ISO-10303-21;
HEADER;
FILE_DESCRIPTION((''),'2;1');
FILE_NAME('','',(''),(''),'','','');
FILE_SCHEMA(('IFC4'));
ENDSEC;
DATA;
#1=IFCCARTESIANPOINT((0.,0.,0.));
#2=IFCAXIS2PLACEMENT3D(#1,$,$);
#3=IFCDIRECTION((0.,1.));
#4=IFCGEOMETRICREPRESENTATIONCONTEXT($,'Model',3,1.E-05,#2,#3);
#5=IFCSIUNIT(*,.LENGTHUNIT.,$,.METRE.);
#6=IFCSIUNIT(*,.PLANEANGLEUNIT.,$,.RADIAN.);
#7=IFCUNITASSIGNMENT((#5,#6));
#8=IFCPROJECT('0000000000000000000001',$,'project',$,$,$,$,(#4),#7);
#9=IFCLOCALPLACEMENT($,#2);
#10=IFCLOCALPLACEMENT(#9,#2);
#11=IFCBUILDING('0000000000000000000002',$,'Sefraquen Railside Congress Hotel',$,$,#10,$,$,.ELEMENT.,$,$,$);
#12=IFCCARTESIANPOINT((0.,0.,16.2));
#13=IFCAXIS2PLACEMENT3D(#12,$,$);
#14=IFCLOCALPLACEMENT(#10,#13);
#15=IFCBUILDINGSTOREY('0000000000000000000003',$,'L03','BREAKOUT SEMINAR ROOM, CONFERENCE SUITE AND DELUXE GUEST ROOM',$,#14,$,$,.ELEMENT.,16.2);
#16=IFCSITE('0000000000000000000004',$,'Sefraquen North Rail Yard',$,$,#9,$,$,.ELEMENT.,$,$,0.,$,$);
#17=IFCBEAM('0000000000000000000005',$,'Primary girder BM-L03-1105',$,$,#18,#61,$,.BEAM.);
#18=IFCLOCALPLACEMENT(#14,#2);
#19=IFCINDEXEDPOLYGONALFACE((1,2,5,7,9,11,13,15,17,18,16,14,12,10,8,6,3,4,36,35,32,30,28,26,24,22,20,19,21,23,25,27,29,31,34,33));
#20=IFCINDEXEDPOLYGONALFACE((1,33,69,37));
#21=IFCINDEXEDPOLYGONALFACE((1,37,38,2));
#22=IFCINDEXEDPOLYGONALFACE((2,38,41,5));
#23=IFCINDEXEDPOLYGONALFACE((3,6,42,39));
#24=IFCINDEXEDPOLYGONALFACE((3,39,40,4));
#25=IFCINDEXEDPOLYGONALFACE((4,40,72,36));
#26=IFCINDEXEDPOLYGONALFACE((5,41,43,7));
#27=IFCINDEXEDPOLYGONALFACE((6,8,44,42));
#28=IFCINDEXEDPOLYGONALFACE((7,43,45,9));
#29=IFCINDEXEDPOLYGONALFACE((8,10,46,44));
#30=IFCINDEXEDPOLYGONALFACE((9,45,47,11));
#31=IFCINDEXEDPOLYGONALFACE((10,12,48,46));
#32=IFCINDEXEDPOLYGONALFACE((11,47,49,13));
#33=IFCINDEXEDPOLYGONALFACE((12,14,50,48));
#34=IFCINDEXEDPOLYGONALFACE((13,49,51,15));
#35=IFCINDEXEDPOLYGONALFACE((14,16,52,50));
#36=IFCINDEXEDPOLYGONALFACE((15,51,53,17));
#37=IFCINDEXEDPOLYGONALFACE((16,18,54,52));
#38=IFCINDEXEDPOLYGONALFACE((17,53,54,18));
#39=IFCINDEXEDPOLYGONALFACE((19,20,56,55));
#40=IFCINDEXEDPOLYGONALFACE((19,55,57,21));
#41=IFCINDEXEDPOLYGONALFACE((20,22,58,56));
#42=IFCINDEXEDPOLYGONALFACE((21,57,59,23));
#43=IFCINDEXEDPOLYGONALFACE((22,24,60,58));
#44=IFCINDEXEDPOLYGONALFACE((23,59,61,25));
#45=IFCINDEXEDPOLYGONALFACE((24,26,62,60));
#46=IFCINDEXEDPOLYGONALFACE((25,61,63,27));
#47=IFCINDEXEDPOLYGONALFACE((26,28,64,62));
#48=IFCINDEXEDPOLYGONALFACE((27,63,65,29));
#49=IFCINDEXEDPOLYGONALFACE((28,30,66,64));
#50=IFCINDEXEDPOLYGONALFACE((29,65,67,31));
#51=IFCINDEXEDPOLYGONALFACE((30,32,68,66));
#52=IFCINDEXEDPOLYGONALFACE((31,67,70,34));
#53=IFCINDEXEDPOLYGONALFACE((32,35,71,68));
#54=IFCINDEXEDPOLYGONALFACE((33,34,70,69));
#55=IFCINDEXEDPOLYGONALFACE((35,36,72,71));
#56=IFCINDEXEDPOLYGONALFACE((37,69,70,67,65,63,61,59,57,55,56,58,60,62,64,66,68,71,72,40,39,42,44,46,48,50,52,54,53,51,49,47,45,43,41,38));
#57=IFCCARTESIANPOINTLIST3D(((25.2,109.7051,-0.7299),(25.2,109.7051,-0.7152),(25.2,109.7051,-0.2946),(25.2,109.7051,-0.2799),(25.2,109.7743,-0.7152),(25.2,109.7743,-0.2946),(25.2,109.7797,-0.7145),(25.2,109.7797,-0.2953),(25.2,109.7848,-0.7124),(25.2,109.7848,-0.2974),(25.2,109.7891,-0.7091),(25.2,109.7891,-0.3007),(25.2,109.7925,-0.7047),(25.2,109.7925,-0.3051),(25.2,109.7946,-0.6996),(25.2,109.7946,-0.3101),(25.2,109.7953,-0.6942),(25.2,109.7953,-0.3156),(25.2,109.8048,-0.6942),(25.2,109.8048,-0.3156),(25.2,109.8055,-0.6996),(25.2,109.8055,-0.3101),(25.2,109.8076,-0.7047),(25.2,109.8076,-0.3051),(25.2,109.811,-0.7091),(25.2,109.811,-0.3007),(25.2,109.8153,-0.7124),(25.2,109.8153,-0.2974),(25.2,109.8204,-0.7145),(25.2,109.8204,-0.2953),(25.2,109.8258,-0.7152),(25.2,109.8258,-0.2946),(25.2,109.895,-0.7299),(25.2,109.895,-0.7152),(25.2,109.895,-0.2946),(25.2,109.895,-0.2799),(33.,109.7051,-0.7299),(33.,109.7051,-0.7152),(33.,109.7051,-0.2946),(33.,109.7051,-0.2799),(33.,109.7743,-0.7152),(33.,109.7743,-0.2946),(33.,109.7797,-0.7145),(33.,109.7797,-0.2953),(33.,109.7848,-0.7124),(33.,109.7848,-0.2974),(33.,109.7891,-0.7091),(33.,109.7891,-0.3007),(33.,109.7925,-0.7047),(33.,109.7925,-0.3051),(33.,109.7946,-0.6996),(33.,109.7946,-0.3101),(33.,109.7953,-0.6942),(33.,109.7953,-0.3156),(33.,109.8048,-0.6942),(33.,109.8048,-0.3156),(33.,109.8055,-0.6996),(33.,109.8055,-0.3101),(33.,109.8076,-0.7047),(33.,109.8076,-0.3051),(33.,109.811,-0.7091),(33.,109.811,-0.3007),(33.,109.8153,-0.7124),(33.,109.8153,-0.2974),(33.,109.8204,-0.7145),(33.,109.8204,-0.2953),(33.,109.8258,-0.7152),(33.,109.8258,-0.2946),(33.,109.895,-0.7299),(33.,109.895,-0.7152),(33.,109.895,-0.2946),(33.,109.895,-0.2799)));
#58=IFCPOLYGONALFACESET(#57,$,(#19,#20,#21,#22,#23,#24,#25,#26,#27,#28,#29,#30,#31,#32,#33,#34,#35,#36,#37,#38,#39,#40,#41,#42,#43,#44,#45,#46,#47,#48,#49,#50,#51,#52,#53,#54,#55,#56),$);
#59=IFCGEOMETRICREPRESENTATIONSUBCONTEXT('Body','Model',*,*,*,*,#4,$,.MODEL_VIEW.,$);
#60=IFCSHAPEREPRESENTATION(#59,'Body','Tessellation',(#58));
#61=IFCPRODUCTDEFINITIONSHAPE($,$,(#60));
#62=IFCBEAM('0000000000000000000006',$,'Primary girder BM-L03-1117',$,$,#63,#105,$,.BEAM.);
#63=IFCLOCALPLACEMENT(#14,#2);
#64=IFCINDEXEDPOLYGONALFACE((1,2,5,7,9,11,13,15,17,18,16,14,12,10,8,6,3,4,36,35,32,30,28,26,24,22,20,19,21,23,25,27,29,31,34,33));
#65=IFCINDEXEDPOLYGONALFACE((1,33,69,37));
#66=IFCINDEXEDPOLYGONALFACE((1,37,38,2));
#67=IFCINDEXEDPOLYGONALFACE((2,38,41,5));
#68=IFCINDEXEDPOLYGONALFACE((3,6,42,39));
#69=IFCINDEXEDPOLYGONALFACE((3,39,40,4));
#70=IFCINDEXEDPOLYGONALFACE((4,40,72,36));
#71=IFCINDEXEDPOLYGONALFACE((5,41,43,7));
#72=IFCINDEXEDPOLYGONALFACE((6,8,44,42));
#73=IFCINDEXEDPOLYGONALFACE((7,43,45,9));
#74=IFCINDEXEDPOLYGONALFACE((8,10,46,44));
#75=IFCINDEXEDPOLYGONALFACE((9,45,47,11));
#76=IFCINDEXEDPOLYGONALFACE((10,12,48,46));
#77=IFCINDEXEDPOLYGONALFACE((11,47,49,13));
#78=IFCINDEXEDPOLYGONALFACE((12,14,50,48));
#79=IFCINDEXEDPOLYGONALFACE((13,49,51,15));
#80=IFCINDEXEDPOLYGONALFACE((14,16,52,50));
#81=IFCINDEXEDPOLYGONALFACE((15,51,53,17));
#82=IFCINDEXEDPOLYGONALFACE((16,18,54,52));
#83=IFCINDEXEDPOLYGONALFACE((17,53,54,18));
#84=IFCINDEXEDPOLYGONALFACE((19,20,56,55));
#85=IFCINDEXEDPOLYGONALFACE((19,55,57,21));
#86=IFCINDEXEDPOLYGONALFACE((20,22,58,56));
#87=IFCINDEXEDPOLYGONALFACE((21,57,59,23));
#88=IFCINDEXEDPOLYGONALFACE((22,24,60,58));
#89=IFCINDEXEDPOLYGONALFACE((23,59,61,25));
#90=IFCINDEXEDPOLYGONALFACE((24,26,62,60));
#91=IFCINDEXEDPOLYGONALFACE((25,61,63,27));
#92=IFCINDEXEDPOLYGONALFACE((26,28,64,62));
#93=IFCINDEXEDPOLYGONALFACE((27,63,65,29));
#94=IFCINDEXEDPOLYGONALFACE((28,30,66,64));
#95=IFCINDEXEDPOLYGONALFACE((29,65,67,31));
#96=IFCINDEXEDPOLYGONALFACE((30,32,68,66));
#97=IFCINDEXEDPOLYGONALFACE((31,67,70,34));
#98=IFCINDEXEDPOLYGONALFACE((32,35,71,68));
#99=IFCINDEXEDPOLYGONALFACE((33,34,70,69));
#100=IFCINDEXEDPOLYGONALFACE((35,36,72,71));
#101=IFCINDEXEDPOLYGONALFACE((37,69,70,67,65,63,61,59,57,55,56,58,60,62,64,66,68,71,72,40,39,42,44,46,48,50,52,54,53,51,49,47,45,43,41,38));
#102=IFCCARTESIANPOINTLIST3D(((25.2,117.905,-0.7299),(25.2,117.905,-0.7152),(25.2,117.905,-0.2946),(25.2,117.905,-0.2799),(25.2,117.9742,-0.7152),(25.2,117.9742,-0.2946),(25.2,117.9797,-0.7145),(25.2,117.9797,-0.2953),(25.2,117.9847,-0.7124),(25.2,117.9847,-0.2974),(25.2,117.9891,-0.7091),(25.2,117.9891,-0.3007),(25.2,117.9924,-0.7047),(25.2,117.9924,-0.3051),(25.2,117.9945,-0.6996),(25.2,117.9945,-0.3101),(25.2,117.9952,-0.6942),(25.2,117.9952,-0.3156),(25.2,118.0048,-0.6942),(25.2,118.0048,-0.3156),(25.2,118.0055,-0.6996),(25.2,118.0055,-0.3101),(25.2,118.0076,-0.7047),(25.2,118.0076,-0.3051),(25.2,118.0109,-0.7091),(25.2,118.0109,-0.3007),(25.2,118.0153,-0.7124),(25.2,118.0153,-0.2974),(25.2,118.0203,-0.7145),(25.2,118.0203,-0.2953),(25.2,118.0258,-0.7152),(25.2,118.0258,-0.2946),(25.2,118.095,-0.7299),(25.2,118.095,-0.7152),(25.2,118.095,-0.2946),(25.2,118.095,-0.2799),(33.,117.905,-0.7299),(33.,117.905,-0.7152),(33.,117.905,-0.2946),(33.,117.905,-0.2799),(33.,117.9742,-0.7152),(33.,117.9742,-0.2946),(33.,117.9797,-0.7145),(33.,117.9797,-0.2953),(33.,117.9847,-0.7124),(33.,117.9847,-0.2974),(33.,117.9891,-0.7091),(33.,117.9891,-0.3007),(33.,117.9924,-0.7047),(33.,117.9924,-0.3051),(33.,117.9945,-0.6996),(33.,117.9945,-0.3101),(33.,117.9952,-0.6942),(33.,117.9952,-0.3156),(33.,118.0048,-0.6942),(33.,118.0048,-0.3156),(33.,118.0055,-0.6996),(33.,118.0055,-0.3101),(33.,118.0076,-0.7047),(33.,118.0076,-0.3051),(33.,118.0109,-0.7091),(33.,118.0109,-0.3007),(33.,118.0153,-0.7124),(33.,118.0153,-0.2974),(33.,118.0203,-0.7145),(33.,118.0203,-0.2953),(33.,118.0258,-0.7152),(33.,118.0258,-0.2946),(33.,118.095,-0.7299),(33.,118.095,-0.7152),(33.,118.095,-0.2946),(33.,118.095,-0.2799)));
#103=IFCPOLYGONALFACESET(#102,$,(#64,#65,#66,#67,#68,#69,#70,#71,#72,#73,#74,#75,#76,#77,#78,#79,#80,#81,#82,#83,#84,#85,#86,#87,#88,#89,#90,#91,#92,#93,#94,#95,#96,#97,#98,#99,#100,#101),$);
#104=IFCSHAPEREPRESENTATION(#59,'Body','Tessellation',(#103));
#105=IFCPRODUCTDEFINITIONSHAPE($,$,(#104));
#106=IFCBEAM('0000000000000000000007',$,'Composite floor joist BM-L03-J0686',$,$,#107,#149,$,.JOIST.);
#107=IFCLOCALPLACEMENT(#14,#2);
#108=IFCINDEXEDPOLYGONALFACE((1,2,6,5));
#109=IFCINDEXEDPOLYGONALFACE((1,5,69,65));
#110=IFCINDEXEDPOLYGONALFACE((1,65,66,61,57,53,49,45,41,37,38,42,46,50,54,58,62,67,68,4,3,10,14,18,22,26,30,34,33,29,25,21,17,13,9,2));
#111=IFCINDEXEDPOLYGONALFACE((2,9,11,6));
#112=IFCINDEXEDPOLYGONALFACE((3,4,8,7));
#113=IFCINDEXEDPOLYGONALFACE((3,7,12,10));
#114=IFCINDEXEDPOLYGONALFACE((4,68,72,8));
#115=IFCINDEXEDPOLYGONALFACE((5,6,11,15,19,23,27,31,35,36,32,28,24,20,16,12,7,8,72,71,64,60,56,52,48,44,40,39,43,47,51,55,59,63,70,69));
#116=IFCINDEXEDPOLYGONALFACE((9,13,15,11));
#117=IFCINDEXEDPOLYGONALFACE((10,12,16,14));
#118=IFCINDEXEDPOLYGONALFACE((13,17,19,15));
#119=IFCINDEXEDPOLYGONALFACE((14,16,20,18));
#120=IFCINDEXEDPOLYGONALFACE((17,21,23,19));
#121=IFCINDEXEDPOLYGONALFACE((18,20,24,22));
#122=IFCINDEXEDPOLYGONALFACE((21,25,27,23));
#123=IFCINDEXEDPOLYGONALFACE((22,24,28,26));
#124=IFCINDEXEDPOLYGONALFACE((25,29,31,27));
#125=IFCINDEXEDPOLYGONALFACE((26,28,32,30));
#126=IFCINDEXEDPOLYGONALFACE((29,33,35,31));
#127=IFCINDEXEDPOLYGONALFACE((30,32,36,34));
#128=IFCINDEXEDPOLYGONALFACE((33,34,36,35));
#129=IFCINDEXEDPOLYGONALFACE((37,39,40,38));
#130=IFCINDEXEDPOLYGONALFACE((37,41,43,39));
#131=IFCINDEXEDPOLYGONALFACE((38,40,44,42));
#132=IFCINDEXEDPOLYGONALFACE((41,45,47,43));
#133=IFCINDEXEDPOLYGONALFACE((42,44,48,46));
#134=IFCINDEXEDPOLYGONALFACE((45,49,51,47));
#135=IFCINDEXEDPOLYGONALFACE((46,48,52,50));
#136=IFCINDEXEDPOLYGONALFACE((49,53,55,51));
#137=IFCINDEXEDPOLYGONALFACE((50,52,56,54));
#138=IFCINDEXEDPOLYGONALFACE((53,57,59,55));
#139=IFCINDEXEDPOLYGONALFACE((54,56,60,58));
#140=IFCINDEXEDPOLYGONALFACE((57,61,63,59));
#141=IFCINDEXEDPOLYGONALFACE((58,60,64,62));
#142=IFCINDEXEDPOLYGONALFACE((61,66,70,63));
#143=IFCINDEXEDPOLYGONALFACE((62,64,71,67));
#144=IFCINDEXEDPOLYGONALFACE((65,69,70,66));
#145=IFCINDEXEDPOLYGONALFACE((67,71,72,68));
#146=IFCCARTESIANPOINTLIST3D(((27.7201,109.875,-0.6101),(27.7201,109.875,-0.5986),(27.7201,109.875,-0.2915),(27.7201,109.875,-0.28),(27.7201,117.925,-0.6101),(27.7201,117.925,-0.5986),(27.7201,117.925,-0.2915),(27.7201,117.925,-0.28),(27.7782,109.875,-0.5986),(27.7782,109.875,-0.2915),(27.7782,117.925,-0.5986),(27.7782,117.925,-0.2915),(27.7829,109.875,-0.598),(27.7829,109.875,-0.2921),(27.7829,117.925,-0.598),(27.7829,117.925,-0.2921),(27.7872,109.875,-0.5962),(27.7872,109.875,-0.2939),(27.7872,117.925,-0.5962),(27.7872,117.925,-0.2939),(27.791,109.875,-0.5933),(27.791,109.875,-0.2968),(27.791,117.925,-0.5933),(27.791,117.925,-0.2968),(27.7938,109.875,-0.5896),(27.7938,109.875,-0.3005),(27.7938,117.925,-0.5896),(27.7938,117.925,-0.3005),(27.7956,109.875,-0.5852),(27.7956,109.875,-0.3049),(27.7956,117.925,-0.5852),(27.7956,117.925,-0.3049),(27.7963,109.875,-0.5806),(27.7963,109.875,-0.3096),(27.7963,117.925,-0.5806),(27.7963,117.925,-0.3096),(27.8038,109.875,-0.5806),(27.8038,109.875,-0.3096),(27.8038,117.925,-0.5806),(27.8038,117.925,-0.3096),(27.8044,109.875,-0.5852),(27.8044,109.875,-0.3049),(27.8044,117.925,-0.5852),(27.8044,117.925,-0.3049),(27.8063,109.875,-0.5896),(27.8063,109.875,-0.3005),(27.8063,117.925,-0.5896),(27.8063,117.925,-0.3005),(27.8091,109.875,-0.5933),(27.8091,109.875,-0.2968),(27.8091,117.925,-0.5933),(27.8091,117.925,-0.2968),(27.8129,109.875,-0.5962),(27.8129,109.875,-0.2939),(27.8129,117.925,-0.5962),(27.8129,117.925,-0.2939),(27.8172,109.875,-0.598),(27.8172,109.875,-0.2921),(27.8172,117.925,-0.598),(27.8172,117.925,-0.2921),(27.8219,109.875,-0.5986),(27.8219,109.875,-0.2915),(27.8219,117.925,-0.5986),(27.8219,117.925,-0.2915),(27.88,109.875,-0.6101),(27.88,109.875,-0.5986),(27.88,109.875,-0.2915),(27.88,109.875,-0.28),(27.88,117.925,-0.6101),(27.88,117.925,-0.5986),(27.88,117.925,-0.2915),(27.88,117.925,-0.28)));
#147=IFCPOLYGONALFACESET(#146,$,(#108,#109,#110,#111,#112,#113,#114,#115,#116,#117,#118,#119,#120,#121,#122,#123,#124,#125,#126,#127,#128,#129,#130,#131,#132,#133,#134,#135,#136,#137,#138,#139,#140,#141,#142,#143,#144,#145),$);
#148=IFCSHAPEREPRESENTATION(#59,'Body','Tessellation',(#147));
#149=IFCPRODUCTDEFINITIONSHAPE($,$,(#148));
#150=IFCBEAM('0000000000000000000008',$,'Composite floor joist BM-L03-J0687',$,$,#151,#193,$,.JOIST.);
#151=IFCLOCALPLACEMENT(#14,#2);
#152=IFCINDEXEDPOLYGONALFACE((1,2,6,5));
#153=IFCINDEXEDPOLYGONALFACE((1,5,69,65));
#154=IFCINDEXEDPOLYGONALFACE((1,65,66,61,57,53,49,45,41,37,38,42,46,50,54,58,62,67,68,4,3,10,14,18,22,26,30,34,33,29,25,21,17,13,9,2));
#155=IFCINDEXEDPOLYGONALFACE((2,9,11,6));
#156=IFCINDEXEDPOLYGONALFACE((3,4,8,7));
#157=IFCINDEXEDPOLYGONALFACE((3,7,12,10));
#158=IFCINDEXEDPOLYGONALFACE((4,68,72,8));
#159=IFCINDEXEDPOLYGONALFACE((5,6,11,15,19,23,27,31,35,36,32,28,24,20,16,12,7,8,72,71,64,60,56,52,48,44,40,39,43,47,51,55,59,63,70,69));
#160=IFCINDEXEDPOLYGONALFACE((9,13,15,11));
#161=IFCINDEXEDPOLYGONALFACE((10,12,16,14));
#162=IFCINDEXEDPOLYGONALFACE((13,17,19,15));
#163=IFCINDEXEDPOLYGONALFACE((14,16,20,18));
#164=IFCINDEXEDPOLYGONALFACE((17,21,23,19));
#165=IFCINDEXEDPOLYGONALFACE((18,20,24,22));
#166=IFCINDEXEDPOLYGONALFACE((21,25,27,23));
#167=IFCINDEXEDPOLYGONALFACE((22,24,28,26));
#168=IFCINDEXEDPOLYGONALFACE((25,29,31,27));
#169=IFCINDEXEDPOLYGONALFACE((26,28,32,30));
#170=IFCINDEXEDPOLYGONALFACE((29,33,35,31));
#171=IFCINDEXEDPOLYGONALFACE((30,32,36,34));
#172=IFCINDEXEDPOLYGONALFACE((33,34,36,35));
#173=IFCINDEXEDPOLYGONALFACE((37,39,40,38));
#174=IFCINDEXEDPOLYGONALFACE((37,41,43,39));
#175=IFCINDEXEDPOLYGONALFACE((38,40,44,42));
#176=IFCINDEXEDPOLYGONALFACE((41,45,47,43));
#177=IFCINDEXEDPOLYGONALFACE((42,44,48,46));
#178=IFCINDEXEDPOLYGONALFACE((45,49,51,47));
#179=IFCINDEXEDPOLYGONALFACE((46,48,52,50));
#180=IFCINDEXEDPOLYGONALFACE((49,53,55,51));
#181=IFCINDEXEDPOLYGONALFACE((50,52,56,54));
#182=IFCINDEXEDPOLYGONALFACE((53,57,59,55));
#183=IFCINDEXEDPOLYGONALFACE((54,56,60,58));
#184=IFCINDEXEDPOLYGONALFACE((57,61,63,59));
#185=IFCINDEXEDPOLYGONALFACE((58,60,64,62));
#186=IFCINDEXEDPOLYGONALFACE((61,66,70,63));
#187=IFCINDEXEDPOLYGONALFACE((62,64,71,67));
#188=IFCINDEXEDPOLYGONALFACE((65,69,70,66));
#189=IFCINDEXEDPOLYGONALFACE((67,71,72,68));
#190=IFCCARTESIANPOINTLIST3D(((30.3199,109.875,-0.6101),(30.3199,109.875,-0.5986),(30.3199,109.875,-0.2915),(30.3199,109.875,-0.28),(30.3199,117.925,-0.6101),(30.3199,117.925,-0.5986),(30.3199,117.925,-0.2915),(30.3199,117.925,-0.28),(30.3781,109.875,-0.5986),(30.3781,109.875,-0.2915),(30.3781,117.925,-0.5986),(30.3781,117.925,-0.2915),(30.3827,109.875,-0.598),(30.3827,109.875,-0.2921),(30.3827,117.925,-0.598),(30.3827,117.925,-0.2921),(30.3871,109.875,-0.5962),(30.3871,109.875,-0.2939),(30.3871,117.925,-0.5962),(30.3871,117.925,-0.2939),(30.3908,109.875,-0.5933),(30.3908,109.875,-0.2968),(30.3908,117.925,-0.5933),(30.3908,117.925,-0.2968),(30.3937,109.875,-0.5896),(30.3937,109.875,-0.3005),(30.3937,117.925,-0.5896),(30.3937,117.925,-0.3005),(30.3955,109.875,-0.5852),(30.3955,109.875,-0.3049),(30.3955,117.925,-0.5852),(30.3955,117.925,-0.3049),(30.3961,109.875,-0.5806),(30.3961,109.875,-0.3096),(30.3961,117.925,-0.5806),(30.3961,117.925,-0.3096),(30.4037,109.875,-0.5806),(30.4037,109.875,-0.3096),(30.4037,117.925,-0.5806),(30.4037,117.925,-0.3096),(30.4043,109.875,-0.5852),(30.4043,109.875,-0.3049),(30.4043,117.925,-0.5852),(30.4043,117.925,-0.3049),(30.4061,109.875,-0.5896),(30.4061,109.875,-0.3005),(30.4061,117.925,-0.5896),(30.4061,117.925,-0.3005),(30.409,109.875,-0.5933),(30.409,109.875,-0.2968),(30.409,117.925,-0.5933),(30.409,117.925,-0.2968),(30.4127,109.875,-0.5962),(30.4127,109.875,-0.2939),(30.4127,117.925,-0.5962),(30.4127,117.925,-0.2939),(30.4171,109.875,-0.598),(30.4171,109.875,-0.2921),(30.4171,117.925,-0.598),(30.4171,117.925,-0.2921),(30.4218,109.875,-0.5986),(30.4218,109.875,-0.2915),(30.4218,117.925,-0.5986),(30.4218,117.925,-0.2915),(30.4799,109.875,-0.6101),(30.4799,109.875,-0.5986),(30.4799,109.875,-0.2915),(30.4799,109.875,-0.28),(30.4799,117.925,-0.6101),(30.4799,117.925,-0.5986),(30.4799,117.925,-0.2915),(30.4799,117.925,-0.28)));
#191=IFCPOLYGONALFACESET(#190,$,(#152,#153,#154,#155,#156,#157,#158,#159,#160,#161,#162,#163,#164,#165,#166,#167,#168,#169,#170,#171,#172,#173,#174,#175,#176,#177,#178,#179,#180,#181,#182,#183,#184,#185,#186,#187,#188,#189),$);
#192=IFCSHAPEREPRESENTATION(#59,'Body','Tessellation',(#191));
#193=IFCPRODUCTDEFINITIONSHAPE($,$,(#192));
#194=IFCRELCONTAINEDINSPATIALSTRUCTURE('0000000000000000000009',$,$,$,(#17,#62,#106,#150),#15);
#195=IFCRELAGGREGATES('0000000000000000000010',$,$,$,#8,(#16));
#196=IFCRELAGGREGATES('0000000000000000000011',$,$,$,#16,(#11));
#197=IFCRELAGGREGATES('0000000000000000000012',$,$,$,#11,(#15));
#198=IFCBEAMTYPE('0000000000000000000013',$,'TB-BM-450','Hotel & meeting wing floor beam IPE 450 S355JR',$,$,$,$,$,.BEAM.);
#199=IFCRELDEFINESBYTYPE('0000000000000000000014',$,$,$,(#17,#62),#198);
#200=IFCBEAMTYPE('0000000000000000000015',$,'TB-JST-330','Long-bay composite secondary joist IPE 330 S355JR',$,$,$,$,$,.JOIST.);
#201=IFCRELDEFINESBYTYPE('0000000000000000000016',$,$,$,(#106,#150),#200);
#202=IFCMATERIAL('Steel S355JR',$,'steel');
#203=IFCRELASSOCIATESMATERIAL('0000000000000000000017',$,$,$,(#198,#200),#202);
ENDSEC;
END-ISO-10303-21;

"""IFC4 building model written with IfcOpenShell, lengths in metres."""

from ifc_helpers import new_model, si_unit, direction, frame, origin, origin_2d, place, context, subcontext, project, spatial, i_section, extrude, material, material_profile, profile_set, type_object, element, save


model = new_model("IFC4")

# Units and contexts
model_context = context("Model", 3, precision=1e-05, world=origin(), true_north=direction((0.0, 1.0)))
body_context = subcontext(model_context, "Body", "Model", "MODEL_VIEW")
ifc_project = project(units=[si_unit("LENGTHUNIT", "METRE"), si_unit("PLANEANGLEUNIT", "RADIAN")], contexts=[model_context])

# Site, building, storey
site_placement = place(None, origin())
site = spatial("IfcSite", under=ifc_project, at=site_placement, Name="Sefraquen North Rail Yard", CompositionType="ELEMENT", RefElevation=0.0)
building_placement = place(site_placement, origin())
building = spatial("IfcBuilding", under=site, at=building_placement, Name="Sefraquen Railside Congress Hotel", CompositionType="ELEMENT")
storey_placement = place(building_placement, frame((0.0, 0.0, 16.2)))
storey = spatial("IfcBuildingStorey", under=building, at=storey_placement, Name="L03", Description="BREAKOUT SEMINAR ROOM, CONFERENCE SUITE AND DELUXE GUEST ROOM", CompositionType="ELEMENT", Elevation=16.2)

# Shared definitions
ifc_material_1 = material(Name="Steel S355JR", Category="steel")

# Beams
ifc_material_profile_1 = material_profile(ifc_material_1, i_section(OverallWidth=0.1899, OverallDepth=0.45, WebThickness=0.0095, FlangeThickness=0.0146, FilletRadius=0.021, at=origin_2d()), Name="IPE 450")
ifc_profile_set_1 = profile_set([ifc_material_profile_1], Name="Steel S355JR")
beam_type_1 = type_object("IfcBeamType", Name="TB-BM-450", Description="Hotel & meeting wing floor beam IPE 450 S355JR", PredefinedType="BEAM", material=ifc_profile_set_1)
for number, where, z_axis, x_axis, name in (
    (1, (25.2, 109.8, -0.5049), (1.0, 0.0, 0.0), (0.0, 1.0, 0.0), "Primary girder BM-L03-1105"),
    (2, (25.2, 118.0, -0.5049), (1.0, 0.0, 0.0), (0.0, 1.0, 0.0), "Primary girder BM-L03-1117"),
):
    element("IfcBeam", number, at=place(storey_placement, frame(where, z_axis=z_axis, x_axis=x_axis)), inside=storey, type_object=beam_type_1, Name=name, PredefinedType="BEAM", context=body_context, shape_type="SweptSolid", body=[
        extrude(i_section(OverallWidth=0.1899, OverallDepth=0.45, WebThickness=0.0095, FlangeThickness=0.0146, FilletRadius=0.021, at=origin_2d()), origin(), (0.0, 0.0, 1.0), 7.8),
    ])
ifc_material_profile_2 = material_profile(ifc_material_1, i_section(OverallWidth=0.1599, OverallDepth=0.3301, WebThickness=0.0076, FlangeThickness=0.0115, FilletRadius=0.0181, at=origin_2d()), Name="IPE 330")
ifc_profile_set_2 = profile_set([ifc_material_profile_2], Name="Steel S355JR")
beam_type_2 = type_object("IfcBeamType", Name="TB-JST-330", Description="Long-bay composite secondary joist IPE 330 S355JR", PredefinedType="JOIST", material=ifc_profile_set_2)
for number, where, z_axis, x_axis, name in (
    (3, (27.8, 109.875, -0.4451), (0.0, 1.0, 0.0), (-1.0, 0.0, 0.0), "Composite floor joist BM-L03-J0686"),
    (4, (30.3999, 109.875, -0.4451), (0.0, 1.0, 0.0), (-1.0, 0.0, 0.0), "Composite floor joist BM-L03-J0687"),
):
    element("IfcBeam", number, at=place(storey_placement, frame(where, z_axis=z_axis, x_axis=x_axis)), inside=storey, type_object=beam_type_2, Name=name, PredefinedType="JOIST", context=body_context, shape_type="SweptSolid", body=[
        extrude(i_section(OverallWidth=0.1599, OverallDepth=0.3301, WebThickness=0.0076, FlangeThickness=0.0115, FilletRadius=0.0181, at=origin_2d()), origin(), (0.0, 0.0, 1.0), 8.05),
    ])

save(model, "model.ifc")
